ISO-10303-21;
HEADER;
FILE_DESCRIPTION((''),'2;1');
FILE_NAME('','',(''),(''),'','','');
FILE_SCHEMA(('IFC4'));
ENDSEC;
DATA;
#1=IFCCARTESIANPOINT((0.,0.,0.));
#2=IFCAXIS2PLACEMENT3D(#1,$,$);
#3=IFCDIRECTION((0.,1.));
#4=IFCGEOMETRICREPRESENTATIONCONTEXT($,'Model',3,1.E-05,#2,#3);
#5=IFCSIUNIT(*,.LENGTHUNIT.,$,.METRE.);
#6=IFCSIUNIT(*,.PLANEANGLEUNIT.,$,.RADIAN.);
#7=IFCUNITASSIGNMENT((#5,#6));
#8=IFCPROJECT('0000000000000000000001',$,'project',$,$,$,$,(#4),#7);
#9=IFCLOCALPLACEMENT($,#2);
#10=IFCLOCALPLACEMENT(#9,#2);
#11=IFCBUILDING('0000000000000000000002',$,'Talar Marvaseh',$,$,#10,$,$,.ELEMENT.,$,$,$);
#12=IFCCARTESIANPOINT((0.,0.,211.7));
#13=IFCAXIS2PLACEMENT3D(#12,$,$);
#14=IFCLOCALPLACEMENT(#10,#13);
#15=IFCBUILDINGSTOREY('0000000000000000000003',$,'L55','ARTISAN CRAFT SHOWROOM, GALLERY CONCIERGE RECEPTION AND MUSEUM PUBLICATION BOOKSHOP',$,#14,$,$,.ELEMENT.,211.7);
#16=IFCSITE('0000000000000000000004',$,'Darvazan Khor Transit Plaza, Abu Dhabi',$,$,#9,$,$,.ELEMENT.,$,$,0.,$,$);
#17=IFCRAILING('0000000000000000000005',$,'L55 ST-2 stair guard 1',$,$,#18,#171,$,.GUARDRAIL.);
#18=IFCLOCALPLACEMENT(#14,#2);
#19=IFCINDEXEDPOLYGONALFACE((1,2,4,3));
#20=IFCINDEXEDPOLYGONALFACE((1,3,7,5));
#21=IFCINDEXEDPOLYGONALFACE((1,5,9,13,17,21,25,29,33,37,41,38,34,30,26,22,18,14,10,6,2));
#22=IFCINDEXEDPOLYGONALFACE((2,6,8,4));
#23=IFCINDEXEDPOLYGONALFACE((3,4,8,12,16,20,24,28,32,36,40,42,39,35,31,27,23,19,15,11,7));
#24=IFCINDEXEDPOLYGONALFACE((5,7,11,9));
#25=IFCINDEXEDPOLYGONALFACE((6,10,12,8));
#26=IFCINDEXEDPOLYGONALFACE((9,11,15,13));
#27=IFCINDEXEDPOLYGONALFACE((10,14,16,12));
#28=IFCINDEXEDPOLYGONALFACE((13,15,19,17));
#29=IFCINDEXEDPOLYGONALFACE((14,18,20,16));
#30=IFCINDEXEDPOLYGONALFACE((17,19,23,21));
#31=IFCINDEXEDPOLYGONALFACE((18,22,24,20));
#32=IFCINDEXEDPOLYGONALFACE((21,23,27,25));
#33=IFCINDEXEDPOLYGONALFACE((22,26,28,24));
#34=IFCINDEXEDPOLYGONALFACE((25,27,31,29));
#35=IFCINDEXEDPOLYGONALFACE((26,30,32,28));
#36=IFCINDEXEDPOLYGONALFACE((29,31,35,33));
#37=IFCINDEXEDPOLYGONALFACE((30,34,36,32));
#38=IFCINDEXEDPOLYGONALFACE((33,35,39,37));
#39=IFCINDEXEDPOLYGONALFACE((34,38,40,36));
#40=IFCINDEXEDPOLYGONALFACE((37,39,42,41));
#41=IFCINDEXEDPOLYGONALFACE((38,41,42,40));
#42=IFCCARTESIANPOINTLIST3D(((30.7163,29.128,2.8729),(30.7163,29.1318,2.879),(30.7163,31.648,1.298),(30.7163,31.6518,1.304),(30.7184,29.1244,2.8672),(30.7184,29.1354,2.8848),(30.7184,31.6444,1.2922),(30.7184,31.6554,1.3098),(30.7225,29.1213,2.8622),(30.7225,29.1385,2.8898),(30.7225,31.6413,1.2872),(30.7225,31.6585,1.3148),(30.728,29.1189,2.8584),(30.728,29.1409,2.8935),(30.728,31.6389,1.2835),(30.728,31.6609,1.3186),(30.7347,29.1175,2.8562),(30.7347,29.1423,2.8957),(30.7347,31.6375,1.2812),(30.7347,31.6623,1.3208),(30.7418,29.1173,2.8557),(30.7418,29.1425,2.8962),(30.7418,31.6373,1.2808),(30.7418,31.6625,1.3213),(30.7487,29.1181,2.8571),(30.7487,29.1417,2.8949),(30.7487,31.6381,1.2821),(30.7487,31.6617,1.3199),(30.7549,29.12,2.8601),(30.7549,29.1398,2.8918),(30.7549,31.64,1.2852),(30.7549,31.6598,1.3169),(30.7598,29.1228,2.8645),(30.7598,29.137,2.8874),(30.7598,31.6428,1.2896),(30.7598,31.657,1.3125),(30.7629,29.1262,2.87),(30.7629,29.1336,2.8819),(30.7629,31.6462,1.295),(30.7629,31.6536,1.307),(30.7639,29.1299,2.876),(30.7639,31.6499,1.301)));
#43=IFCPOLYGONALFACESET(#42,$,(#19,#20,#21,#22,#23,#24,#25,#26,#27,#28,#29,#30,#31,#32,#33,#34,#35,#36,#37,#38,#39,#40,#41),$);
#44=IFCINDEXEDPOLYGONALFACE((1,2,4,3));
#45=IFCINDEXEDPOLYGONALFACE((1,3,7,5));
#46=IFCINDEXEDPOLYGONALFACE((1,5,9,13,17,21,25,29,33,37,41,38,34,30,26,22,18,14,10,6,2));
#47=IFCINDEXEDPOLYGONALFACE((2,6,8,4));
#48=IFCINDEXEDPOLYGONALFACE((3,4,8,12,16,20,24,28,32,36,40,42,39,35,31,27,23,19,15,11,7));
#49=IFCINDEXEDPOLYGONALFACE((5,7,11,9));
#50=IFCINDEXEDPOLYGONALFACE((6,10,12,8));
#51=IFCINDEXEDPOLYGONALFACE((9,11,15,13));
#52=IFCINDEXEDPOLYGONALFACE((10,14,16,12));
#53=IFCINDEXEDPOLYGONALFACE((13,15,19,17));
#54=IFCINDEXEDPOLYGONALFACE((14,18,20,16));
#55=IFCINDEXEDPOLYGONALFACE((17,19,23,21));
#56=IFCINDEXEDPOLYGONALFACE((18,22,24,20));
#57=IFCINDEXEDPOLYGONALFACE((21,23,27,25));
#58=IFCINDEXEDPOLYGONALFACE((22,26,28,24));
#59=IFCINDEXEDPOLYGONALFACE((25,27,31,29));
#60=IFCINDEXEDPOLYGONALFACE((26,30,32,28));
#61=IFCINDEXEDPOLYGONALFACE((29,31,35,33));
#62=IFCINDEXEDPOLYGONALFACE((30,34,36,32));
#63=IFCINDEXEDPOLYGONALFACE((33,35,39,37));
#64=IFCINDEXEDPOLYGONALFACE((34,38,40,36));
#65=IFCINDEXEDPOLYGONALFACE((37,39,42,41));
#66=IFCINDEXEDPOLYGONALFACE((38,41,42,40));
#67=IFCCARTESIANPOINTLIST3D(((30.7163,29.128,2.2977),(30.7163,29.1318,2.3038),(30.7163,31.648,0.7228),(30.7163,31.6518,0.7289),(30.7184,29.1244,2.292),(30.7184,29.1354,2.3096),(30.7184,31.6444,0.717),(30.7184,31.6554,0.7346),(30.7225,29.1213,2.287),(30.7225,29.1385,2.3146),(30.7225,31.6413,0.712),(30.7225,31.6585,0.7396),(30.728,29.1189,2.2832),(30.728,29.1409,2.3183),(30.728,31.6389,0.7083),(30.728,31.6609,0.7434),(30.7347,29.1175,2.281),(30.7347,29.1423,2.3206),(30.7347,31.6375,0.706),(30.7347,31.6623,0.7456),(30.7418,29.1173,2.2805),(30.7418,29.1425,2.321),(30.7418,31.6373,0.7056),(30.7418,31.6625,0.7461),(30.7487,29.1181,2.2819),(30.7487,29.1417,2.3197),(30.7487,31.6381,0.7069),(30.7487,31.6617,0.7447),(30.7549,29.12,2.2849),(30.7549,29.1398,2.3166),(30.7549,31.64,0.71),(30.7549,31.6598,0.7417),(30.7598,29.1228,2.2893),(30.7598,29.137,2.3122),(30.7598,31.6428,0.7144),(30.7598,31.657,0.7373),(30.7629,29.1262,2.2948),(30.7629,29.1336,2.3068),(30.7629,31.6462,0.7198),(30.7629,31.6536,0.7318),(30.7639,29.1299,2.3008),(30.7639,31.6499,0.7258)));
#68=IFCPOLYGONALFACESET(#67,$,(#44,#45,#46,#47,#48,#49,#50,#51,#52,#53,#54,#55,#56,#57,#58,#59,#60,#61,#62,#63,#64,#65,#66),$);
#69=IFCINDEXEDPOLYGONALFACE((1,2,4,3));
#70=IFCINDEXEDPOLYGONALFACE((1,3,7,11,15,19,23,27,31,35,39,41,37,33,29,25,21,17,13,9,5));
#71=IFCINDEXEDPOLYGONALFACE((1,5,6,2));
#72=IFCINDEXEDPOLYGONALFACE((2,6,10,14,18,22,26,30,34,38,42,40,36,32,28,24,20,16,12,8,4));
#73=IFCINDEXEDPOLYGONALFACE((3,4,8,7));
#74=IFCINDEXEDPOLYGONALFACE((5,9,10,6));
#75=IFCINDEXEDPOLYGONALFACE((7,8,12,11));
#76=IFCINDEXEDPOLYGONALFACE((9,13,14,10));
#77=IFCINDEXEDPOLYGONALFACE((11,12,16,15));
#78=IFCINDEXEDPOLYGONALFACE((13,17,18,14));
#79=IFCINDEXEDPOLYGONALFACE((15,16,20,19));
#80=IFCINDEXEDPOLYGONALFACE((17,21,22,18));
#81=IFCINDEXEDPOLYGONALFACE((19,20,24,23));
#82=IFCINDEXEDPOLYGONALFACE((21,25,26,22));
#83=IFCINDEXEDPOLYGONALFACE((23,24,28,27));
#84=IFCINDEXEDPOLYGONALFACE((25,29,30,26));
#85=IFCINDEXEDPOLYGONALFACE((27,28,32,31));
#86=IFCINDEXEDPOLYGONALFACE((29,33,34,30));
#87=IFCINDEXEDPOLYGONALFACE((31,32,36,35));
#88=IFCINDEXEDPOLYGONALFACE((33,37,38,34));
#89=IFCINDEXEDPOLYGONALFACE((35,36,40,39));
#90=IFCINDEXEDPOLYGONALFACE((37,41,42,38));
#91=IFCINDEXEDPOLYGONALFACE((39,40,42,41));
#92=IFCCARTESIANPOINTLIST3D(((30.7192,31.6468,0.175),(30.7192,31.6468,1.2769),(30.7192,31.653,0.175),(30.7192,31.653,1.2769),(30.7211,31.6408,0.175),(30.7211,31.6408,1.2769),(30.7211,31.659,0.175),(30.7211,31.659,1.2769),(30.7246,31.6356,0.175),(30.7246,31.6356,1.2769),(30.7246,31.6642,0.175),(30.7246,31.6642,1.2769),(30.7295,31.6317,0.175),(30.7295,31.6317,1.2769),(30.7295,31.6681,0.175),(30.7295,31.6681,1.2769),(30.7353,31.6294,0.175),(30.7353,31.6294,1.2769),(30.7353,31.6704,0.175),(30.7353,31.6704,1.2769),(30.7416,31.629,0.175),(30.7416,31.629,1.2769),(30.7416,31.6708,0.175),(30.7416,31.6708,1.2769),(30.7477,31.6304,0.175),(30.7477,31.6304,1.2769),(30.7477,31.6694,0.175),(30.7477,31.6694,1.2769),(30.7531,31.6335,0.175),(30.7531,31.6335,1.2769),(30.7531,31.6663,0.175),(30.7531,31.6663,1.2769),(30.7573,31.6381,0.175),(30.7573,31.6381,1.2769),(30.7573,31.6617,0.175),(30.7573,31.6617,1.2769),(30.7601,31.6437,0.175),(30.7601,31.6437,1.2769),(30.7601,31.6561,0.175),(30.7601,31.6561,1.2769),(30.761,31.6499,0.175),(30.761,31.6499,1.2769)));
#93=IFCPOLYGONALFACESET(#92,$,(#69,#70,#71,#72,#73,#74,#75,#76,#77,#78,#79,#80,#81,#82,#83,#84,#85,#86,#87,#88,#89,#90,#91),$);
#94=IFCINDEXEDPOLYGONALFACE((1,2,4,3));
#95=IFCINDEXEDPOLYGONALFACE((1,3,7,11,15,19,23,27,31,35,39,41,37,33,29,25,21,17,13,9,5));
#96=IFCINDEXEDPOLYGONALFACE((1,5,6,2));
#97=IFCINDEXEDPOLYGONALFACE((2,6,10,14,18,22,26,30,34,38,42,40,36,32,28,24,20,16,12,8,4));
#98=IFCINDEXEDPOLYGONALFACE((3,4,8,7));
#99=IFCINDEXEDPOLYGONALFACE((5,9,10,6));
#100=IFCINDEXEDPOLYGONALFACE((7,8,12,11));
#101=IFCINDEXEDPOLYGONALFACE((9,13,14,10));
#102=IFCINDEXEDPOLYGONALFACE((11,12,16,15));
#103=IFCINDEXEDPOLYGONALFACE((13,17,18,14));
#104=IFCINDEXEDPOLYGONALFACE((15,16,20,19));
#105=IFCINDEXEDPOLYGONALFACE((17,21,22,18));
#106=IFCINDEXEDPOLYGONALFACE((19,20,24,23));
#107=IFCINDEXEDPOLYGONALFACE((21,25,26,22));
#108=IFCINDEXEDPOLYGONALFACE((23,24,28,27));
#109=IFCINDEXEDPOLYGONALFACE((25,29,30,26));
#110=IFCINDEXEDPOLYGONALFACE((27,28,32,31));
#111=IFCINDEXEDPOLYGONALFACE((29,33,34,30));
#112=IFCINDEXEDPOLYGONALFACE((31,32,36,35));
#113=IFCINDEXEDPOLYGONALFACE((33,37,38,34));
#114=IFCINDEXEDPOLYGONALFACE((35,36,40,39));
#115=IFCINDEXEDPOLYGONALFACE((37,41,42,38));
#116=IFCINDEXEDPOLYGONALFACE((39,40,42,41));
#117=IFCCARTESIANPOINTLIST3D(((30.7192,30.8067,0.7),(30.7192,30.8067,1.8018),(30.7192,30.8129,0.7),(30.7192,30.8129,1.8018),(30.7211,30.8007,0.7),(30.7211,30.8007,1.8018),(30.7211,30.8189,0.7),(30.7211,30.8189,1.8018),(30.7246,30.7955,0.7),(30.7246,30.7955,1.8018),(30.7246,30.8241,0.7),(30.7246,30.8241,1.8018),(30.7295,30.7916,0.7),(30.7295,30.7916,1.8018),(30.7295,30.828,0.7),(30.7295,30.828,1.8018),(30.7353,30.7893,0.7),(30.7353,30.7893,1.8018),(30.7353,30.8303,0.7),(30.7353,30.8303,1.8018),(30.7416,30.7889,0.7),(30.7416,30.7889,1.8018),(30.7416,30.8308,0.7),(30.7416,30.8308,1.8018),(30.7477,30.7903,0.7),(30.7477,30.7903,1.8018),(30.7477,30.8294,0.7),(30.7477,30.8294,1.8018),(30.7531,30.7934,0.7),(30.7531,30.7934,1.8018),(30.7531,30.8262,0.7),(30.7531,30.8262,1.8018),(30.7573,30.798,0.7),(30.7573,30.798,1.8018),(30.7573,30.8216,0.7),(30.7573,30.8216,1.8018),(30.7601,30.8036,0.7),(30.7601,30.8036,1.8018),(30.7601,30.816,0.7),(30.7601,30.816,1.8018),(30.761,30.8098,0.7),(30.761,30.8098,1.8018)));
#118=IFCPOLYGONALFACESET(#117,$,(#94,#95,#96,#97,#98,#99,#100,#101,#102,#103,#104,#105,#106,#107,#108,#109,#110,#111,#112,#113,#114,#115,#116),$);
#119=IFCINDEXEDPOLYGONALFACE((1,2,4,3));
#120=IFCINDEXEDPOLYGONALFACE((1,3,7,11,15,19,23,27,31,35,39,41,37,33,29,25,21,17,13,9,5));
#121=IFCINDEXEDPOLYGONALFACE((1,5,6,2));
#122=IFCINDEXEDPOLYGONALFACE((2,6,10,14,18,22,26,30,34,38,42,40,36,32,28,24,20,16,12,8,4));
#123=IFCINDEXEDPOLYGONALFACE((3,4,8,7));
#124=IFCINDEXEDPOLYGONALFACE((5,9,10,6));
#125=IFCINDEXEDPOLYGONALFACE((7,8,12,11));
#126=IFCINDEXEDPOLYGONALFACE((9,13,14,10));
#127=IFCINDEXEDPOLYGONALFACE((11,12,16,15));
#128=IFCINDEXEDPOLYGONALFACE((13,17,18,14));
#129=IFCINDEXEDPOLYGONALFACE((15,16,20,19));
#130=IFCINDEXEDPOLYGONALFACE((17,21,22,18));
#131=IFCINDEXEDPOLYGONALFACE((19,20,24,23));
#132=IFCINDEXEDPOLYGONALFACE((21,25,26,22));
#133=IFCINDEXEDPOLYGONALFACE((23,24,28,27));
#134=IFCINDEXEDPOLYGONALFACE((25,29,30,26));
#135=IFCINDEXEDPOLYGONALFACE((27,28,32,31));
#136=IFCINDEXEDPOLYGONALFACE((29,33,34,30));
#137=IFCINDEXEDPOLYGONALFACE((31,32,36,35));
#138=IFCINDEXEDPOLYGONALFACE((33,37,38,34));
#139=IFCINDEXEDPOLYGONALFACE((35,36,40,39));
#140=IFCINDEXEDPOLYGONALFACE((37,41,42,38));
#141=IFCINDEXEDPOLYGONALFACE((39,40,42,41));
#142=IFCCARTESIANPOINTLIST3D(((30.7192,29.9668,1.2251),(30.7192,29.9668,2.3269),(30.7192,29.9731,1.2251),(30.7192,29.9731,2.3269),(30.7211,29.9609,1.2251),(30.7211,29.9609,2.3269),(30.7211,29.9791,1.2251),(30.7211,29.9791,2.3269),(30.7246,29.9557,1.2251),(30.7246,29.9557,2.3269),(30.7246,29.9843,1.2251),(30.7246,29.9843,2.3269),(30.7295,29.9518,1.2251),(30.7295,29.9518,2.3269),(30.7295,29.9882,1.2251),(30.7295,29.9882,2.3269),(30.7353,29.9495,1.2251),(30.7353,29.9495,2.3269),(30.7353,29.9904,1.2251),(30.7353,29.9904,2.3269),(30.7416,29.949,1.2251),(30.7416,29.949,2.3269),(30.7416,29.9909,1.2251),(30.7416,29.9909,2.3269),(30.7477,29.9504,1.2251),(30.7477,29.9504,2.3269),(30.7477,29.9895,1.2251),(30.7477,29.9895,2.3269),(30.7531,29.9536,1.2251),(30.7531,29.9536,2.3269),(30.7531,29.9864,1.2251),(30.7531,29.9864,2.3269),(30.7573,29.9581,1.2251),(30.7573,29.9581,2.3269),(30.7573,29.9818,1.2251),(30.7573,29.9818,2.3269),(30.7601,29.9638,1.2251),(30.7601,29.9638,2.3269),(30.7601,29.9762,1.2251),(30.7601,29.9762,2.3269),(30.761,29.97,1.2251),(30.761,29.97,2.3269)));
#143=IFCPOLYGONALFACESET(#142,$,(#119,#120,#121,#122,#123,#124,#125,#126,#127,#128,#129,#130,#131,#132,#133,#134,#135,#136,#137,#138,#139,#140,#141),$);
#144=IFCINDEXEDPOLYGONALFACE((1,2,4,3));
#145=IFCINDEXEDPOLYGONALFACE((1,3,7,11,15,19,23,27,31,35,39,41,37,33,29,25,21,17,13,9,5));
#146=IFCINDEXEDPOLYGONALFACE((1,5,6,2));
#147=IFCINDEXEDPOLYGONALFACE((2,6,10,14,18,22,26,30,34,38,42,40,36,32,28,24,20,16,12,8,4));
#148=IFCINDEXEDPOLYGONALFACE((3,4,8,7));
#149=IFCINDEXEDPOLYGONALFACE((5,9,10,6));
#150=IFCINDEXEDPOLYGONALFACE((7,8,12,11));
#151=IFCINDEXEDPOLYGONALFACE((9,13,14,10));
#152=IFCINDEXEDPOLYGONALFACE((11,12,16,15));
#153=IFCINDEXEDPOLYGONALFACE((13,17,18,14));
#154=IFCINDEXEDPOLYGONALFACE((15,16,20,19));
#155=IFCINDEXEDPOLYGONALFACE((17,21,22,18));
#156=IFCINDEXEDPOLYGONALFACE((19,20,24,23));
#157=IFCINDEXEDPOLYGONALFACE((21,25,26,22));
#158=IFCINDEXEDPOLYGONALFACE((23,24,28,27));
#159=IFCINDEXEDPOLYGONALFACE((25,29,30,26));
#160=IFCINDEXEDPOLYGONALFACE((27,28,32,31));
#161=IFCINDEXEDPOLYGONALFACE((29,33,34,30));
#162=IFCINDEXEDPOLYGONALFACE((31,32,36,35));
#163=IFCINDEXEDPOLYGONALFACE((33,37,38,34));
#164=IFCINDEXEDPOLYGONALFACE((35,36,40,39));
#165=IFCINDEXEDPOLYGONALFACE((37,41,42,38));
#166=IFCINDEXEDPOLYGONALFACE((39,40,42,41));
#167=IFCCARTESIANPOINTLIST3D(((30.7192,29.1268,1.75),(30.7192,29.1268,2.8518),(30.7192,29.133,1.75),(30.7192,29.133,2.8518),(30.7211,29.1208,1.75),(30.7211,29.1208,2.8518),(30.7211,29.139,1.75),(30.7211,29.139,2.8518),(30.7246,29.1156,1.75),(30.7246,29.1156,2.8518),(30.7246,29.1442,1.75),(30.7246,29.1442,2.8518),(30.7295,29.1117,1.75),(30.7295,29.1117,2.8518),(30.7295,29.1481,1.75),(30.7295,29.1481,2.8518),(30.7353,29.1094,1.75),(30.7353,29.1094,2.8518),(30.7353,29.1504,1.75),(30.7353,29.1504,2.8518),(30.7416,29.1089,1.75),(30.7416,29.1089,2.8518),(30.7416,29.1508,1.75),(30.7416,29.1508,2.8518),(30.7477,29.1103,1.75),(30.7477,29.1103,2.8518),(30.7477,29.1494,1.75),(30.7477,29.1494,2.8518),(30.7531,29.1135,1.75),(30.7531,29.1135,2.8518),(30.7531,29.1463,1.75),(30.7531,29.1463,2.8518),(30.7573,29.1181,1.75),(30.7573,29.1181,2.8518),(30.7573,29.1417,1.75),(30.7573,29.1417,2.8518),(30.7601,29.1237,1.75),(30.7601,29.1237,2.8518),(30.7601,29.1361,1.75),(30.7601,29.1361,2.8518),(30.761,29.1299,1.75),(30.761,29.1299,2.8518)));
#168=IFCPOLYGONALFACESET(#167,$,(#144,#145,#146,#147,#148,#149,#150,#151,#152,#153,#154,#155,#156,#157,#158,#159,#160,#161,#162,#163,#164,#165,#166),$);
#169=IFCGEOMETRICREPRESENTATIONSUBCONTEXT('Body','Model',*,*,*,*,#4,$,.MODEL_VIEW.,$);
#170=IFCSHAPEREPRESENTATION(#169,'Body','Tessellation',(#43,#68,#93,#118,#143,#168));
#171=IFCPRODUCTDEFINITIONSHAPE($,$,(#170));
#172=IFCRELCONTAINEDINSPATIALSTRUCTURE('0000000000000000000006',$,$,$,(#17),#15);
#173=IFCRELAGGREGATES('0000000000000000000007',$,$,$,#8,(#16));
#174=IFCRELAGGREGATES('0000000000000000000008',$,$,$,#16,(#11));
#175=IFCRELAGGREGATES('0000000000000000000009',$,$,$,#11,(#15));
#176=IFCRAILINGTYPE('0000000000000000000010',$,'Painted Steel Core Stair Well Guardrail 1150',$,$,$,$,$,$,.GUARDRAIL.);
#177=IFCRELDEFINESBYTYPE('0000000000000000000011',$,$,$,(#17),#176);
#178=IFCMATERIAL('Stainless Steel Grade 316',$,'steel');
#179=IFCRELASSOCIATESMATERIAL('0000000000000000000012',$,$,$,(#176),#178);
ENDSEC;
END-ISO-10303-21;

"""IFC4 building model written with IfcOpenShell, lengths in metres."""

from ifc_helpers import new_model, si_unit, direction, frame, origin, origin_2d, place, context, subcontext, project, spatial, circle, extrude, material, type_object, element, save


model = new_model("IFC4")

# Units and contexts
model_context = context("Model", 3, precision=1e-05, world=origin(), true_north=direction((0.0, 1.0)))
body_context = subcontext(model_context, "Body", "Model", "MODEL_VIEW")
ifc_project = project(units=[si_unit("LENGTHUNIT", "METRE"), si_unit("PLANEANGLEUNIT", "RADIAN")], contexts=[model_context])

# Site, building, storey
site_placement = place(None, origin())
site = spatial("IfcSite", under=ifc_project, at=site_placement, Name="Darvazan Khor Transit Plaza, Abu Dhabi", CompositionType="ELEMENT", RefElevation=0.0)
building_placement = place(site_placement, origin())
building = spatial("IfcBuilding", under=site, at=building_placement, Name="Talar Marvaseh", CompositionType="ELEMENT")
storey_placement = place(building_placement, frame((0.0, 0.0, 211.7)))
storey = spatial("IfcBuildingStorey", under=building, at=storey_placement, Name="L55", Description="ARTISAN CRAFT SHOWROOM, GALLERY CONCIERGE RECEPTION AND MUSEUM PUBLICATION BOOKSHOP", CompositionType="ELEMENT", Elevation=211.7)

# Shared definitions
ifc_material_1 = material(Name="Stainless Steel Grade 316", Category="steel")

# Railing
railing_type_1 = type_object("IfcRailingType", Name="Painted Steel Core Stair Well Guardrail 1150", PredefinedType="GUARDRAIL", material=ifc_material_1)
railing_1_placement = place(storey_placement, frame((30.74, 31.6499, 0.175)))
element("IfcRailing", 1, at=railing_1_placement, inside=storey, type_object=railing_type_1, Name="L55 ST-2 stair guard 1", PredefinedType="GUARDRAIL", context=body_context, shape_type="SweptSolid", body=[
    extrude(circle(Radius=0.0239, at=origin_2d()), frame((0.0, 0.0, 1.126), z_axis=(0.0, -0.848008, 0.529984), x_axis=(1.0, 0.0, 0.0)), (0.0, 0.0, 1.0), 2.9717),
    extrude(circle(Radius=0.0239, at=origin_2d()), frame((0.0, 0.0, 0.5508), z_axis=(0.0, -0.848008, 0.529984), x_axis=(1.0, 0.0, 0.0)), (0.0, 0.0, 1.0), 2.9717),
    extrude(circle(Radius=0.021, at=origin_2d()), origin(), (0.0, 0.0, 1.0), 1.1018),
    extrude(circle(Radius=0.021, at=origin_2d()), frame((0.0, -0.8401, 0.5249)), (0.0, 0.0, 1.0), 1.1018),
    extrude(circle(Radius=0.021, at=origin_2d()), frame((0.0, -1.6799, 1.05)), (0.0, 0.0, 1.0), 1.1018),
    extrude(circle(Radius=0.021, at=origin_2d()), frame((0.0, -2.52, 1.575)), (0.0, 0.0, 1.0), 1.1018),
])

save(model, "model.ifc")
